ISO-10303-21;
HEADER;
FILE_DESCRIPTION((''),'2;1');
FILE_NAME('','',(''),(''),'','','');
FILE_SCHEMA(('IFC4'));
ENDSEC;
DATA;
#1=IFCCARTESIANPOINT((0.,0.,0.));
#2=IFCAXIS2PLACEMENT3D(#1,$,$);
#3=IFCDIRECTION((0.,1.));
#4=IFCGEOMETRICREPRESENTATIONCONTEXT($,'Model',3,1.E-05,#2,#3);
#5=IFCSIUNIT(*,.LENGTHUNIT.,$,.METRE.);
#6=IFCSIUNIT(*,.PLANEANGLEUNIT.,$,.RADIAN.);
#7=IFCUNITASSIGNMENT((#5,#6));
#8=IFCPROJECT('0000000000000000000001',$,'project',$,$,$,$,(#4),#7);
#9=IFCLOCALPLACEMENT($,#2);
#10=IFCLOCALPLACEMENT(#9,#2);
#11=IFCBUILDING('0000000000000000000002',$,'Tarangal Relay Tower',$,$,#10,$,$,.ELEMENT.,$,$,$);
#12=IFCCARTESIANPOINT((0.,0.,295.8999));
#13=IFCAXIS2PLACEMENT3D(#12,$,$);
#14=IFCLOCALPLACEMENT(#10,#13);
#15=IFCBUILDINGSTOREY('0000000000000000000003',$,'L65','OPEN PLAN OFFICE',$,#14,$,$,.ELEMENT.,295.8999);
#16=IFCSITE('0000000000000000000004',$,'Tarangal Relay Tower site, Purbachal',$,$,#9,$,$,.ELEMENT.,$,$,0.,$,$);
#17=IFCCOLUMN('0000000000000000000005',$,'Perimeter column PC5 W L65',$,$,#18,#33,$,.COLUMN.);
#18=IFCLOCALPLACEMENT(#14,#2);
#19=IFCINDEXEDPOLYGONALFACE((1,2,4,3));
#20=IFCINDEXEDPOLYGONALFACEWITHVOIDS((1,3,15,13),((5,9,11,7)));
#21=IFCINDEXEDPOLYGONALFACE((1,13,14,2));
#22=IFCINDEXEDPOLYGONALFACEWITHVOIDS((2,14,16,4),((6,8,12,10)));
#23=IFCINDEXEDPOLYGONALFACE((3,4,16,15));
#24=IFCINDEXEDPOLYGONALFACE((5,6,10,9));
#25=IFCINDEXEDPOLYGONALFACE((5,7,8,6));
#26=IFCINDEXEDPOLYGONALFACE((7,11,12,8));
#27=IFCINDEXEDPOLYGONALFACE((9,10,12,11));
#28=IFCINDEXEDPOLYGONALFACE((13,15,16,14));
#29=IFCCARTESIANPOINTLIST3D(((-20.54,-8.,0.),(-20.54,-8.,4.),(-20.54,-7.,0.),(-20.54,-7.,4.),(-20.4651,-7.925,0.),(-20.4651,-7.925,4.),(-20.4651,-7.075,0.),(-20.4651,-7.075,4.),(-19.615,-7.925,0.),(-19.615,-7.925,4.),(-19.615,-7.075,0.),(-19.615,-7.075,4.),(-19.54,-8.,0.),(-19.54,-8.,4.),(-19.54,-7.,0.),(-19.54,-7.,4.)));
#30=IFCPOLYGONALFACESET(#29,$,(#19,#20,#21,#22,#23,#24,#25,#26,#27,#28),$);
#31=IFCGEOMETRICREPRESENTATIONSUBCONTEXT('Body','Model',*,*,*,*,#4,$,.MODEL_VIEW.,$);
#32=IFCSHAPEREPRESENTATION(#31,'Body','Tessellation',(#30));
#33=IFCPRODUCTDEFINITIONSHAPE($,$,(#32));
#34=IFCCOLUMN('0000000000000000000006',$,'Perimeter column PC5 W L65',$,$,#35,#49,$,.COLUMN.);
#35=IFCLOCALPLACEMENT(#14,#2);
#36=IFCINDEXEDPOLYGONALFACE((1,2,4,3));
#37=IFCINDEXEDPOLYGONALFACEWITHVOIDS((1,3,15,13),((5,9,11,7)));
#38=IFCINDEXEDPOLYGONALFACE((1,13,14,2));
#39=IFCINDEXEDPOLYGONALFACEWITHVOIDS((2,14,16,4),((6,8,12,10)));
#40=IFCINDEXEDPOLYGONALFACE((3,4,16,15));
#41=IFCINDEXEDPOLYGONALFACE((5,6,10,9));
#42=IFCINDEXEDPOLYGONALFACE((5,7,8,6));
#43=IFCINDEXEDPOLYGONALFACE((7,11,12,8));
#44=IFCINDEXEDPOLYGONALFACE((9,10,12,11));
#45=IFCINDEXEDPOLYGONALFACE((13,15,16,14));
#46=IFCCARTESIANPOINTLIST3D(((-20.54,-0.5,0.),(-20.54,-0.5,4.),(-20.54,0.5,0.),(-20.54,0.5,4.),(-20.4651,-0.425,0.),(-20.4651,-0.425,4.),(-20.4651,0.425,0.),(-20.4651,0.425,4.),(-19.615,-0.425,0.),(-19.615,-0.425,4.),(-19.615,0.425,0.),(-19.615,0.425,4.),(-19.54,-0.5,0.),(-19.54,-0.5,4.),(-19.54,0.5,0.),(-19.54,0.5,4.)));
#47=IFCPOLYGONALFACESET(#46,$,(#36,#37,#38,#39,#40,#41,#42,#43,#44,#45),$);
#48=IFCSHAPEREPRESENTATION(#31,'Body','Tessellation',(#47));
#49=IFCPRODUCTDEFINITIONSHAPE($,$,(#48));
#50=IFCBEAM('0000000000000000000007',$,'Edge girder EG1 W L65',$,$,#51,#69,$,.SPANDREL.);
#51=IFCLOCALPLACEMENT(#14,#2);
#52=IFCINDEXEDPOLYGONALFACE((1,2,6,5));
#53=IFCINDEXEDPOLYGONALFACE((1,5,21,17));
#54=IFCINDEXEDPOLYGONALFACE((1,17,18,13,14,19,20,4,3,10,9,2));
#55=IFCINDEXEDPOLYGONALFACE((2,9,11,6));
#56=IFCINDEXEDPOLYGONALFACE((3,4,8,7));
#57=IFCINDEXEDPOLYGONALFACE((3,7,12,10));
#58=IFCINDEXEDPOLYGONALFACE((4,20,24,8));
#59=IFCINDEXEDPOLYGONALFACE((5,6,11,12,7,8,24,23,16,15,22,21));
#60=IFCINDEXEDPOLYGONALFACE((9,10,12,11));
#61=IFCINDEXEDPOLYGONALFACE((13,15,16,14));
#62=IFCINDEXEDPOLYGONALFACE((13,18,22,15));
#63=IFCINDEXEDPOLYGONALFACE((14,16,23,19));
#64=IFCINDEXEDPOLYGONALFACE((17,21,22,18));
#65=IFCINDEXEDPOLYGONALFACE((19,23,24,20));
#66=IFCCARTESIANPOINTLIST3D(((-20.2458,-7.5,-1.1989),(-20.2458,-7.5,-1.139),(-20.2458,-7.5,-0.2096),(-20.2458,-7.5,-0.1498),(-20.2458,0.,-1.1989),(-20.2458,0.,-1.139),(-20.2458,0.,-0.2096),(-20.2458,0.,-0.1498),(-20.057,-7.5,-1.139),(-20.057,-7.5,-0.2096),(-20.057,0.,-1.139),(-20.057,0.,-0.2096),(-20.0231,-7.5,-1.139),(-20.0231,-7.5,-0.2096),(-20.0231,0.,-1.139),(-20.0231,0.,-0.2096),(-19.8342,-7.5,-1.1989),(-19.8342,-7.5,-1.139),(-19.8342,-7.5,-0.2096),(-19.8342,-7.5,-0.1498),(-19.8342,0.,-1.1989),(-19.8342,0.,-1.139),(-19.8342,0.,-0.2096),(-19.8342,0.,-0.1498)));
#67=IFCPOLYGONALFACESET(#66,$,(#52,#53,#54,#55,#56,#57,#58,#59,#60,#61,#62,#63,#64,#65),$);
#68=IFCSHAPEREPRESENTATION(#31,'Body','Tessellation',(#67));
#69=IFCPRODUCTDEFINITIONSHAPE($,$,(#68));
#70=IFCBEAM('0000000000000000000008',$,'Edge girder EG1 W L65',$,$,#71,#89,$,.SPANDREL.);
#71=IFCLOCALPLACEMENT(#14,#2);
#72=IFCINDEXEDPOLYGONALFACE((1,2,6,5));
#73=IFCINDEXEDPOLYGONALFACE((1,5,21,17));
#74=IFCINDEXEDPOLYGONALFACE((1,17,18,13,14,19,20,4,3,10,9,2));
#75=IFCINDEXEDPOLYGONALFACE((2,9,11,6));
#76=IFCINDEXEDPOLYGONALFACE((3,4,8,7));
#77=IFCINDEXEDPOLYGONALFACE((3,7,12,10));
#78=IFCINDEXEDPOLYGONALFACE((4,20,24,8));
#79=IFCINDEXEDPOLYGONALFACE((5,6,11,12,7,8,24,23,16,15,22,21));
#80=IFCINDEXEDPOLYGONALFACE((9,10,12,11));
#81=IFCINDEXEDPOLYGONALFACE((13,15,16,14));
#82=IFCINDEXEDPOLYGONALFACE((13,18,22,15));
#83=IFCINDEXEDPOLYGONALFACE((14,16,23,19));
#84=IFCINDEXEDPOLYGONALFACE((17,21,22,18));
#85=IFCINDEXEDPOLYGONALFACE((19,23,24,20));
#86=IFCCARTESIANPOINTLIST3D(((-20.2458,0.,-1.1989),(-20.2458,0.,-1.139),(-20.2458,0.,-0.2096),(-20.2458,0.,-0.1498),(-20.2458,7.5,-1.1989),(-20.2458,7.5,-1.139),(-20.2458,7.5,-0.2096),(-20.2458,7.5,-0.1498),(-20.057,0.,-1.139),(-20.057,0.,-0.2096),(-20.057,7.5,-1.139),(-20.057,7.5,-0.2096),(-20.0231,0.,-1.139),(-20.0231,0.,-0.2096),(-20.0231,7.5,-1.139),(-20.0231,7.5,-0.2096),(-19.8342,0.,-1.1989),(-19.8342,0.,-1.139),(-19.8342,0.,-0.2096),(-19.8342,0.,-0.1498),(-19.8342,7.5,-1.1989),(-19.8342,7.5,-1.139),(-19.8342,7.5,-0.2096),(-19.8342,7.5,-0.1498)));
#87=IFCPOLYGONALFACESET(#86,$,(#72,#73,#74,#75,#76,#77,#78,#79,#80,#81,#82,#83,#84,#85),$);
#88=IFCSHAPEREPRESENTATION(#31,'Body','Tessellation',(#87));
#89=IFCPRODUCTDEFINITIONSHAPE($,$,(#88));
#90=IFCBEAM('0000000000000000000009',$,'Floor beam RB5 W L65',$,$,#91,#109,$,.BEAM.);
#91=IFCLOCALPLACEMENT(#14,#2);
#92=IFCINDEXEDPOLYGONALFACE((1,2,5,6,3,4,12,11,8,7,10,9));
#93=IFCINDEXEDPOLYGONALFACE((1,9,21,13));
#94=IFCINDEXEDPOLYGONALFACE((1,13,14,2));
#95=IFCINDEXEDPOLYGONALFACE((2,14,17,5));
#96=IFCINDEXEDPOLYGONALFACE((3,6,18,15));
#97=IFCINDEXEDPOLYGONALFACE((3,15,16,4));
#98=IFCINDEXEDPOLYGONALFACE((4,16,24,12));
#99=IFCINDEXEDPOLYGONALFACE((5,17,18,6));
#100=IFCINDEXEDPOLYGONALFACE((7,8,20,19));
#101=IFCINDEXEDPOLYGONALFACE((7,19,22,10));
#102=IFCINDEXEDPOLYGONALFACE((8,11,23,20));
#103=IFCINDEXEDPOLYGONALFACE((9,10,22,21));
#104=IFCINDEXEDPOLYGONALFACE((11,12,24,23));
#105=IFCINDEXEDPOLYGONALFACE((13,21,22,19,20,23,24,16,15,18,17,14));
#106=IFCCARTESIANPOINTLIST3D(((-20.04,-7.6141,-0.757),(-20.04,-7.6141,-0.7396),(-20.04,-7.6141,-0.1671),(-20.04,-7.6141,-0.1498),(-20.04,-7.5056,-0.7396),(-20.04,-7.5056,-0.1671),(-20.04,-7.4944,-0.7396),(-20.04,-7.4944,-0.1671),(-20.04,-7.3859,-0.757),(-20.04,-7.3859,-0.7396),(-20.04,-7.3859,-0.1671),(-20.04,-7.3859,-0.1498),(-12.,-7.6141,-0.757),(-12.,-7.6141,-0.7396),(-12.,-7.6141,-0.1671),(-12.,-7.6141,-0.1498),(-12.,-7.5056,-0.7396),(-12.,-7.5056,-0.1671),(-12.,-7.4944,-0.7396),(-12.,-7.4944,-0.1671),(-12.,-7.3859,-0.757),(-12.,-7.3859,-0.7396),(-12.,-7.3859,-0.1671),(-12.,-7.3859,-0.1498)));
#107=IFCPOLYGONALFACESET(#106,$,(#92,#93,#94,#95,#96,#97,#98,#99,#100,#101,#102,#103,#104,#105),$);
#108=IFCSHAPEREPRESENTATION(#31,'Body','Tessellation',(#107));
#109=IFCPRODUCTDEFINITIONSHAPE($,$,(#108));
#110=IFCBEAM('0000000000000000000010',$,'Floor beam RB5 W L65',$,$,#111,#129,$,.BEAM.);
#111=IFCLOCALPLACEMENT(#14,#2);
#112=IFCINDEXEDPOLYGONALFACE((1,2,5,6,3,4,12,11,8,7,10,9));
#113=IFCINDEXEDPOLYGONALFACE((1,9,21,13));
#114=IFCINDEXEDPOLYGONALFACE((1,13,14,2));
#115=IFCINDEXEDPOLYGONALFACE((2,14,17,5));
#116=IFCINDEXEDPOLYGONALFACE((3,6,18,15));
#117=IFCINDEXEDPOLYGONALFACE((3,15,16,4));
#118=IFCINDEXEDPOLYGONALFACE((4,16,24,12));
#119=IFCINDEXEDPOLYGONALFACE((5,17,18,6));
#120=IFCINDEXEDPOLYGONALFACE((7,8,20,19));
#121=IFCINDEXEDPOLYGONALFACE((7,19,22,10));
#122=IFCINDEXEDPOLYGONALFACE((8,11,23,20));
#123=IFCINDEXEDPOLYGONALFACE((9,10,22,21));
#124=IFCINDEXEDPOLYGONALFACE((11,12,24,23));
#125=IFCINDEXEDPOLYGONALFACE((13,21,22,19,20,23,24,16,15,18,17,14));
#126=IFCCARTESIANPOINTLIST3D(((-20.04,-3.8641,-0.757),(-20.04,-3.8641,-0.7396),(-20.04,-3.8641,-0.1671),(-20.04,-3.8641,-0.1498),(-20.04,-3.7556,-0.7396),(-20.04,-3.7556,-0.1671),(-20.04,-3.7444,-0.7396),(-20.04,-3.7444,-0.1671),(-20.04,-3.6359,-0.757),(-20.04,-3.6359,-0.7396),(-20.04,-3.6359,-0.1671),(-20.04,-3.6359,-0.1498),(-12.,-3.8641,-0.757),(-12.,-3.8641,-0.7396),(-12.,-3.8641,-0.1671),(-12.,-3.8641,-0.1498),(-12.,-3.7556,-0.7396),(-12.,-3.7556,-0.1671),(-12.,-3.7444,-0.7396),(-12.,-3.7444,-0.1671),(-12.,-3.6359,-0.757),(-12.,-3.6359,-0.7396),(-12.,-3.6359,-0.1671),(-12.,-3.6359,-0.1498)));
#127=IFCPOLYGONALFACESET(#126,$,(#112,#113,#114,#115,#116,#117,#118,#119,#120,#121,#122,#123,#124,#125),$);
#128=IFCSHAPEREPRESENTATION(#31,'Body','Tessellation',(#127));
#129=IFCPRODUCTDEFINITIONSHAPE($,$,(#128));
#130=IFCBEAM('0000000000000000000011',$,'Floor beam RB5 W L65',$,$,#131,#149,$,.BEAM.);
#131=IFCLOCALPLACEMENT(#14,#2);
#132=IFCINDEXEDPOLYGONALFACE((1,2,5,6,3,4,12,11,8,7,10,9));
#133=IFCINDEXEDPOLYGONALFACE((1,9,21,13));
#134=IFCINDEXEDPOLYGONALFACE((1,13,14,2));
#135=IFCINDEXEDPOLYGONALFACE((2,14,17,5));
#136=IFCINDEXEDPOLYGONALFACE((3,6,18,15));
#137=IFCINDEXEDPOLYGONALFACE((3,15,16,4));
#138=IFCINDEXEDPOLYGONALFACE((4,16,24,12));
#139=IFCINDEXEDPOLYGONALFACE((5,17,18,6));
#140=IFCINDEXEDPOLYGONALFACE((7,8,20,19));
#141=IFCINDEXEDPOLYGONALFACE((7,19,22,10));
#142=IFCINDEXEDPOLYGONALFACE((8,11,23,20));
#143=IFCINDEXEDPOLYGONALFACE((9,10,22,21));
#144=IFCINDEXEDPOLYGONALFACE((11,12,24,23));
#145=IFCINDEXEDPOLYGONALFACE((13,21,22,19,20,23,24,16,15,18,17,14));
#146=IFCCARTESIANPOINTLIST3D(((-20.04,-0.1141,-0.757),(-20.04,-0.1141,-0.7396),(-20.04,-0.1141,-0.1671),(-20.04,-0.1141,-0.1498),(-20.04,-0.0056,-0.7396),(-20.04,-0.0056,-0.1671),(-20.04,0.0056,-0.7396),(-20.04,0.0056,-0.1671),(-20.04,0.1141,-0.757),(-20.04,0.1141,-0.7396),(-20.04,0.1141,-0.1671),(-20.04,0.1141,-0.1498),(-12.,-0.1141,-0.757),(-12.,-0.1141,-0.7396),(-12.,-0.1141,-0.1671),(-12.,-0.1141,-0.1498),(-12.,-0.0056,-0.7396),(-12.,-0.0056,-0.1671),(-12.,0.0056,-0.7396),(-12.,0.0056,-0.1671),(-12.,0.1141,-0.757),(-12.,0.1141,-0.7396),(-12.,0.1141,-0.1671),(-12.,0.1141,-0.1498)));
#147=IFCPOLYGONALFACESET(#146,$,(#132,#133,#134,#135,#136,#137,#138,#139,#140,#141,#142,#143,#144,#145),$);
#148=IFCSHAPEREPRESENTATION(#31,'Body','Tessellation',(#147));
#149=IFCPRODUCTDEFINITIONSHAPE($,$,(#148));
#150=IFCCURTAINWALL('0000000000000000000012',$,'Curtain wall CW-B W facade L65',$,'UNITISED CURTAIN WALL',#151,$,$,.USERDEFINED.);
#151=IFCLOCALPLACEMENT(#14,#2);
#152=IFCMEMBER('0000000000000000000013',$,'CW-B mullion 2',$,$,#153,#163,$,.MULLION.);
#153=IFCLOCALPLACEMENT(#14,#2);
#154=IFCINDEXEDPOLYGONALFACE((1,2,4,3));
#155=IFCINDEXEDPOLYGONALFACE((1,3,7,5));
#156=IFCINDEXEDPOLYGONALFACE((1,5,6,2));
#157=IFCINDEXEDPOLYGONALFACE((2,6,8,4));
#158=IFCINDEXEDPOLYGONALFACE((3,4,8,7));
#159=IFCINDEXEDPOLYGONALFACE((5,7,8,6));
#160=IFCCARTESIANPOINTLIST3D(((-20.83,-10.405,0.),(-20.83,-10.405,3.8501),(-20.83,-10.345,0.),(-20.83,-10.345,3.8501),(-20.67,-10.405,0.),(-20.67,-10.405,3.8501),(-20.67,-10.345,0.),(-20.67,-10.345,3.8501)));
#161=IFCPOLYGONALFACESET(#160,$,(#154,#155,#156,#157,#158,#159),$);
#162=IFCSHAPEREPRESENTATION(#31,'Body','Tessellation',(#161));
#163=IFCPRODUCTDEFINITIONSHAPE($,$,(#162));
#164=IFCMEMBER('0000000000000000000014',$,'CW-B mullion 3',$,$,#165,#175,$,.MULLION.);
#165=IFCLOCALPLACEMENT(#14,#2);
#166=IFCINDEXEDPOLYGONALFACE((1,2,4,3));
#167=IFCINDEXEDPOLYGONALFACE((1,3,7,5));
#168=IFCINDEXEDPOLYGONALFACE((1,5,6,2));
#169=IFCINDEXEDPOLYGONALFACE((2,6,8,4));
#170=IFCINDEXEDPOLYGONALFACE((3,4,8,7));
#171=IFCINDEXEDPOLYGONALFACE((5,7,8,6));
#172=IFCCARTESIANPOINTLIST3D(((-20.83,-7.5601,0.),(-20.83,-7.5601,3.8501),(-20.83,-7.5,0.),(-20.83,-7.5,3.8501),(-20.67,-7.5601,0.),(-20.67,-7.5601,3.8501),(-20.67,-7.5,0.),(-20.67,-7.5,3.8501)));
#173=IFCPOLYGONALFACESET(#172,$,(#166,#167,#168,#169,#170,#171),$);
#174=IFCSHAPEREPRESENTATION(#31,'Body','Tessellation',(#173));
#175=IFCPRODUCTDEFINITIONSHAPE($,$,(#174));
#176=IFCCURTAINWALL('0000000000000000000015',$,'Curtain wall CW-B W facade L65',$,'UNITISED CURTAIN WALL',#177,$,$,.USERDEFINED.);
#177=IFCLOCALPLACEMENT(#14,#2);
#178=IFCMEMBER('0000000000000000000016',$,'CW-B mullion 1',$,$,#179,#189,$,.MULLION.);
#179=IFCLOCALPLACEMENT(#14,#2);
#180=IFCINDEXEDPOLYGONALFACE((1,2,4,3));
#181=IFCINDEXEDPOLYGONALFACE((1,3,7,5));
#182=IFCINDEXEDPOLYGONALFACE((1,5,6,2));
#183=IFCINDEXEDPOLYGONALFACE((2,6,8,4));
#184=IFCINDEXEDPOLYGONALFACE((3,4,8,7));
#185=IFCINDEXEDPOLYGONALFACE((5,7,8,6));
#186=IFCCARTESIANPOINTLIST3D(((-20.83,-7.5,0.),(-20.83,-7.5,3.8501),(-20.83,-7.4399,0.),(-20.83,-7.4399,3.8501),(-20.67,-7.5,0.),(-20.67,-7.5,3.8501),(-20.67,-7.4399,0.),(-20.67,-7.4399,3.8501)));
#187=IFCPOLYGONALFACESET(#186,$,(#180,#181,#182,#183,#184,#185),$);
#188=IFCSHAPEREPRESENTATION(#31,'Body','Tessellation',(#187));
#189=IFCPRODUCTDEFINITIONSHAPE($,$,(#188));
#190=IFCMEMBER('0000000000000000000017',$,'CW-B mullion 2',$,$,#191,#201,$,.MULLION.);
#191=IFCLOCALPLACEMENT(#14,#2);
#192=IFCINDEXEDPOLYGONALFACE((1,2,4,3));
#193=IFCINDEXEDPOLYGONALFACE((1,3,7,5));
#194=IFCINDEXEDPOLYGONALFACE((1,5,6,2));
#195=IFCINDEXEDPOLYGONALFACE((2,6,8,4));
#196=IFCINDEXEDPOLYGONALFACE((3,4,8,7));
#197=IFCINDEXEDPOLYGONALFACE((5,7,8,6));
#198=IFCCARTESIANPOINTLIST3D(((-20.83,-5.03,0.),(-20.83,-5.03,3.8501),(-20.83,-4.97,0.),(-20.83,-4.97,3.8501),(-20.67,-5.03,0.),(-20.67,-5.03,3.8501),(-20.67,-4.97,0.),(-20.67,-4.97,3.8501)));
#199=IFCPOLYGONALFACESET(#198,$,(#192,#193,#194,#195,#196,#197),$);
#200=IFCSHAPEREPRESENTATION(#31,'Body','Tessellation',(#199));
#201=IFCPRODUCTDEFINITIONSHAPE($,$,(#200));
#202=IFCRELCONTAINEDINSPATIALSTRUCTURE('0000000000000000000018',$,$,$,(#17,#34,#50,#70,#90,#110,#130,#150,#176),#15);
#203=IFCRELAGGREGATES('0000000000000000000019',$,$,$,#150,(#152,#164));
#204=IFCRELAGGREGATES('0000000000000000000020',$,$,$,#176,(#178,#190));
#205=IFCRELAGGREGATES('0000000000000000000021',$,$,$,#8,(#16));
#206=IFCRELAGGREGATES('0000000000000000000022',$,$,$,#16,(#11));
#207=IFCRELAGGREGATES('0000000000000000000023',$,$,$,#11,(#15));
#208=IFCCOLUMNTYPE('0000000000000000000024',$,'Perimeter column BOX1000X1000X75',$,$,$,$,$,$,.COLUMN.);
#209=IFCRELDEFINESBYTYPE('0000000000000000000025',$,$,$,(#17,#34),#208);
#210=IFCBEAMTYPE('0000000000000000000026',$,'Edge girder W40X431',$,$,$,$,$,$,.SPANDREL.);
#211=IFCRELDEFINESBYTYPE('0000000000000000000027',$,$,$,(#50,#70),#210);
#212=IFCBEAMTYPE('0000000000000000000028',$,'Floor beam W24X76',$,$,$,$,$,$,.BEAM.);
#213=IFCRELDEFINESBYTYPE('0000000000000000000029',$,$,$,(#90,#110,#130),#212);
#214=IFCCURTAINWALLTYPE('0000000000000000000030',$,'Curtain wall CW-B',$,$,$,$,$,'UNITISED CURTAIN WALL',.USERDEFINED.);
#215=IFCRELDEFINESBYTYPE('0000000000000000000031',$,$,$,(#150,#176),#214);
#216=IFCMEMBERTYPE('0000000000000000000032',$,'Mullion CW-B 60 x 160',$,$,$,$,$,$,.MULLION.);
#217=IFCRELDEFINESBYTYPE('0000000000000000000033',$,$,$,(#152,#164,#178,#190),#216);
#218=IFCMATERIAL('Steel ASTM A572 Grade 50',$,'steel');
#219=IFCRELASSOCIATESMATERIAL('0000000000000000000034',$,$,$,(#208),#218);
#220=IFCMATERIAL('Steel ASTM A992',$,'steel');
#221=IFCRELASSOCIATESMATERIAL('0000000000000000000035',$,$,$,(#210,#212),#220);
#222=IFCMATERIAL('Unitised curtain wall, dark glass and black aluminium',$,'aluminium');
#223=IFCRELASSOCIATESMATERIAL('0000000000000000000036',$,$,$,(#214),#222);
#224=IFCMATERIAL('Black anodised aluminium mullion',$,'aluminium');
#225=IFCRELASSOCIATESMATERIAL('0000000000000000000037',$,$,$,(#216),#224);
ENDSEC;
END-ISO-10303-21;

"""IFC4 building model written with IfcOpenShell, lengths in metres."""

from ifc_helpers import new_model, si_unit, direction, frame, origin, origin_2d, place, context, subcontext, project, spatial, rectangle, hollow_rectangle, i_section, extrude, material, material_profile, profile_set, type_object, element, aggregate, save


model = new_model("IFC4")

# Units and contexts
model_context = context("Model", 3, precision=1e-05, world=origin(), true_north=direction((0.0, 1.0)))
body_context = subcontext(model_context, "Body", "Model", "MODEL_VIEW")
ifc_project = project(units=[si_unit("LENGTHUNIT", "METRE"), si_unit("PLANEANGLEUNIT", "RADIAN")], contexts=[model_context])

# Site, building, storey
site_placement = place(None, origin())
site = spatial("IfcSite", under=ifc_project, at=site_placement, Name="Tarangal Relay Tower site, Purbachal", CompositionType="ELEMENT", RefElevation=0.0)
building_placement = place(site_placement, origin())
building = spatial("IfcBuilding", under=site, at=building_placement, Name="Tarangal Relay Tower", CompositionType="ELEMENT")
storey_placement = place(building_placement, frame((0.0, 0.0, 295.8999)))
storey = spatial("IfcBuildingStorey", under=building, at=storey_placement, Name="L65", Description="OPEN PLAN OFFICE", CompositionType="ELEMENT", Elevation=295.8999)

# Columns
ifc_material_1 = material(Name="Steel ASTM A572 Grade 50", Category="steel")
ifc_material_profile_1 = material_profile(ifc_material_1, hollow_rectangle(XDim=1.0, YDim=1.0, WallThickness=0.075, at=origin_2d()), Name="BOX1000X1000X75")
ifc_profile_set_1 = profile_set([ifc_material_profile_1], Name="Steel ASTM A572 Grade 50")
column_type = type_object("IfcColumnType", Name="Perimeter column BOX1000X1000X75", PredefinedType="COLUMN", material=ifc_profile_set_1)
for number, where, z_axis, x_axis, name in (
    (1, (-20.04, -7.5, 0.0), (0.0, 0.0, 1.0), (1.0, 0.0, 0.0), "Perimeter column PC5 W L65"),
    (2, (-20.04, 0.0, 0.0), (0.0, 0.0, 1.0), (1.0, 0.0, 0.0), "Perimeter column PC5 W L65"),
):
    element("IfcColumn", number, at=place(storey_placement, frame(where, z_axis=z_axis, x_axis=x_axis)), inside=storey, type_object=column_type, Name=name, PredefinedType="COLUMN", context=body_context, shape_type="SweptSolid", body=[
        extrude(hollow_rectangle(XDim=1.0, YDim=1.0, WallThickness=0.075, at=origin_2d()), origin(), (0.0, 0.0, 1.0), 4.0),
    ])

# Beams
ifc_material_2 = material(Name="Steel ASTM A992", Category="steel")
ifc_material_profile_2 = material_profile(ifc_material_2, i_section(OverallWidth=0.4116, OverallDepth=1.0491, WebThickness=0.0339, FlangeThickness=0.0598, at=origin_2d()), Name="W40X431")
ifc_profile_set_2 = profile_set([ifc_material_profile_2], Name="Steel ASTM A992")
beam_type_1 = type_object("IfcBeamType", Name="Edge girder W40X431", PredefinedType="SPANDREL", material=ifc_profile_set_2)
for number, where, z_axis, x_axis, name in (
    (3, (-20.04, -7.5, -0.6743), (0.0, 1.0, 0.0), (-1.0, 0.0, 0.0), "Edge girder EG1 W L65"),
    (4, (-20.04, 0.0, -0.6743), (0.0, 1.0, 0.0), (-1.0, 0.0, 0.0), "Edge girder EG1 W L65"),
):
    element("IfcBeam", number, at=place(storey_placement, frame(where, z_axis=z_axis, x_axis=x_axis)), inside=storey, type_object=beam_type_1, Name=name, PredefinedType="SPANDREL", context=body_context, shape_type="SweptSolid", body=[
        extrude(i_section(OverallWidth=0.4116, OverallDepth=1.0491, WebThickness=0.0339, FlangeThickness=0.0598, at=origin_2d()), origin(), (0.0, 0.0, 1.0), 7.5),
    ])
ifc_material_profile_3 = material_profile(ifc_material_2, i_section(OverallWidth=0.2283, OverallDepth=0.6072, WebThickness=0.0112, FlangeThickness=0.0173, at=origin_2d()), Name="W24X76")
ifc_profile_set_3 = profile_set([ifc_material_profile_3], Name="Steel ASTM A992")
beam_type_2 = type_object("IfcBeamType", Name="Floor beam W24X76", PredefinedType="BEAM", material=ifc_profile_set_3)
for number, where, z_axis, x_axis, name in (
    (5, (-12.0, -7.5, -0.4534), (-1.0, 0.0, 0.0), (0.0, -1.0, 0.0), "Floor beam RB5 W L65"),
    (6, (-12.0, -3.75, -0.4534), (-1.0, 0.0, 0.0), (0.0, -1.0, 0.0), "Floor beam RB5 W L65"),
    (7, (-12.0, 0.0, -0.4534), (-1.0, 0.0, 0.0), (0.0, -1.0, 0.0), "Floor beam RB5 W L65"),
):
    element("IfcBeam", number, at=place(storey_placement, frame(where, z_axis=z_axis, x_axis=x_axis)), inside=storey, type_object=beam_type_2, Name=name, PredefinedType="BEAM", context=body_context, shape_type="SweptSolid", body=[
        extrude(i_section(OverallWidth=0.2283, OverallDepth=0.6072, WebThickness=0.0112, FlangeThickness=0.0173, at=origin_2d()), origin(), (0.0, 0.0, 1.0), 8.04),
    ])

# Curtain walls, members
ifc_material_3 = material(Name="Unitised curtain wall, dark glass and black aluminium", Category="aluminium")
curtain_wall_type = type_object("IfcCurtainWallType", Name="Curtain wall CW-B", ElementType="UNITISED CURTAIN WALL", PredefinedType="USERDEFINED", material=ifc_material_3)
curtain_wall_1_placement = place(storey_placement, origin())
curtain_wall_1 = element("IfcCurtainWall", 8, at=curtain_wall_1_placement, inside=storey, type_object=curtain_wall_type, Name="Curtain wall CW-B W facade L65", ObjectType="UNITISED CURTAIN WALL", PredefinedType="USERDEFINED")
ifc_material_4 = material(Name="Black anodised aluminium mullion", Category="aluminium")
ifc_material_profile_4 = material_profile(ifc_material_4, rectangle(XDim=0.1599, YDim=0.0601, at=origin_2d()), Name="CW-BM 60X160")
ifc_profile_set_4 = profile_set([ifc_material_profile_4], Name="Black anodised aluminium mullion")
member_type_1 = type_object("IfcMemberType", Name="Mullion CW-B 60 x 160", PredefinedType="MULLION", material=ifc_profile_set_4)
member_1_placement = place(storey_placement, frame((-20.75, -10.375, 0.0), z_axis=(0.0, 0.0, 1.0), x_axis=(-1.0, 0.0, 0.0)))
member_1 = element("IfcMember", 9, at=member_1_placement, type_object=member_type_1, Name="CW-B mullion 2", PredefinedType="MULLION", context=body_context, shape_type="SweptSolid", body=[
    extrude(rectangle(XDim=0.1599, YDim=0.0601, at=origin_2d()), origin(), (0.0, 0.0, 1.0), 3.8501),
])
member_2_placement = place(storey_placement, frame((-20.75, -7.53, 0.0), z_axis=(0.0, 0.0, 1.0), x_axis=(-1.0, 0.0, 0.0)))
member_2 = element("IfcMember", 10, at=member_2_placement, type_object=member_type_1, Name="CW-B mullion 3", PredefinedType="MULLION", context=body_context, shape_type="SweptSolid", body=[
    extrude(rectangle(XDim=0.1599, YDim=0.0601, at=origin_2d()), origin(), (0.0, 0.0, 1.0), 3.8501),
])
curtain_wall_2_placement = place(storey_placement, origin())
curtain_wall_2 = element("IfcCurtainWall", 11, at=curtain_wall_2_placement, inside=storey, type_object=curtain_wall_type, Name="Curtain wall CW-B W facade L65", ObjectType="UNITISED CURTAIN WALL", PredefinedType="USERDEFINED")
member_3_placement = place(storey_placement, frame((-20.75, -7.47, 0.0), z_axis=(0.0, 0.0, 1.0), x_axis=(-1.0, 0.0, 0.0)))
member_3 = element("IfcMember", 12, at=member_3_placement, type_object=member_type_1, Name="CW-B mullion 1", PredefinedType="MULLION", context=body_context, shape_type="SweptSolid", body=[
    extrude(rectangle(XDim=0.1599, YDim=0.0601, at=origin_2d()), origin(), (0.0, 0.0, 1.0), 3.8501),
])
member_4_placement = place(storey_placement, frame((-20.75, -5.0, 0.0), z_axis=(0.0, 0.0, 1.0), x_axis=(-1.0, 0.0, 0.0)))
member_4 = element("IfcMember", 13, at=member_4_placement, type_object=member_type_1, Name="CW-B mullion 2", PredefinedType="MULLION", context=body_context, shape_type="SweptSolid", body=[
    extrude(rectangle(XDim=0.1599, YDim=0.0601, at=origin_2d()), origin(), (0.0, 0.0, 1.0), 3.8501),
])

aggregate(curtain_wall_1, [member_1, member_2])
aggregate(curtain_wall_2, [member_3, member_4])

save(model, "model.ifc")
